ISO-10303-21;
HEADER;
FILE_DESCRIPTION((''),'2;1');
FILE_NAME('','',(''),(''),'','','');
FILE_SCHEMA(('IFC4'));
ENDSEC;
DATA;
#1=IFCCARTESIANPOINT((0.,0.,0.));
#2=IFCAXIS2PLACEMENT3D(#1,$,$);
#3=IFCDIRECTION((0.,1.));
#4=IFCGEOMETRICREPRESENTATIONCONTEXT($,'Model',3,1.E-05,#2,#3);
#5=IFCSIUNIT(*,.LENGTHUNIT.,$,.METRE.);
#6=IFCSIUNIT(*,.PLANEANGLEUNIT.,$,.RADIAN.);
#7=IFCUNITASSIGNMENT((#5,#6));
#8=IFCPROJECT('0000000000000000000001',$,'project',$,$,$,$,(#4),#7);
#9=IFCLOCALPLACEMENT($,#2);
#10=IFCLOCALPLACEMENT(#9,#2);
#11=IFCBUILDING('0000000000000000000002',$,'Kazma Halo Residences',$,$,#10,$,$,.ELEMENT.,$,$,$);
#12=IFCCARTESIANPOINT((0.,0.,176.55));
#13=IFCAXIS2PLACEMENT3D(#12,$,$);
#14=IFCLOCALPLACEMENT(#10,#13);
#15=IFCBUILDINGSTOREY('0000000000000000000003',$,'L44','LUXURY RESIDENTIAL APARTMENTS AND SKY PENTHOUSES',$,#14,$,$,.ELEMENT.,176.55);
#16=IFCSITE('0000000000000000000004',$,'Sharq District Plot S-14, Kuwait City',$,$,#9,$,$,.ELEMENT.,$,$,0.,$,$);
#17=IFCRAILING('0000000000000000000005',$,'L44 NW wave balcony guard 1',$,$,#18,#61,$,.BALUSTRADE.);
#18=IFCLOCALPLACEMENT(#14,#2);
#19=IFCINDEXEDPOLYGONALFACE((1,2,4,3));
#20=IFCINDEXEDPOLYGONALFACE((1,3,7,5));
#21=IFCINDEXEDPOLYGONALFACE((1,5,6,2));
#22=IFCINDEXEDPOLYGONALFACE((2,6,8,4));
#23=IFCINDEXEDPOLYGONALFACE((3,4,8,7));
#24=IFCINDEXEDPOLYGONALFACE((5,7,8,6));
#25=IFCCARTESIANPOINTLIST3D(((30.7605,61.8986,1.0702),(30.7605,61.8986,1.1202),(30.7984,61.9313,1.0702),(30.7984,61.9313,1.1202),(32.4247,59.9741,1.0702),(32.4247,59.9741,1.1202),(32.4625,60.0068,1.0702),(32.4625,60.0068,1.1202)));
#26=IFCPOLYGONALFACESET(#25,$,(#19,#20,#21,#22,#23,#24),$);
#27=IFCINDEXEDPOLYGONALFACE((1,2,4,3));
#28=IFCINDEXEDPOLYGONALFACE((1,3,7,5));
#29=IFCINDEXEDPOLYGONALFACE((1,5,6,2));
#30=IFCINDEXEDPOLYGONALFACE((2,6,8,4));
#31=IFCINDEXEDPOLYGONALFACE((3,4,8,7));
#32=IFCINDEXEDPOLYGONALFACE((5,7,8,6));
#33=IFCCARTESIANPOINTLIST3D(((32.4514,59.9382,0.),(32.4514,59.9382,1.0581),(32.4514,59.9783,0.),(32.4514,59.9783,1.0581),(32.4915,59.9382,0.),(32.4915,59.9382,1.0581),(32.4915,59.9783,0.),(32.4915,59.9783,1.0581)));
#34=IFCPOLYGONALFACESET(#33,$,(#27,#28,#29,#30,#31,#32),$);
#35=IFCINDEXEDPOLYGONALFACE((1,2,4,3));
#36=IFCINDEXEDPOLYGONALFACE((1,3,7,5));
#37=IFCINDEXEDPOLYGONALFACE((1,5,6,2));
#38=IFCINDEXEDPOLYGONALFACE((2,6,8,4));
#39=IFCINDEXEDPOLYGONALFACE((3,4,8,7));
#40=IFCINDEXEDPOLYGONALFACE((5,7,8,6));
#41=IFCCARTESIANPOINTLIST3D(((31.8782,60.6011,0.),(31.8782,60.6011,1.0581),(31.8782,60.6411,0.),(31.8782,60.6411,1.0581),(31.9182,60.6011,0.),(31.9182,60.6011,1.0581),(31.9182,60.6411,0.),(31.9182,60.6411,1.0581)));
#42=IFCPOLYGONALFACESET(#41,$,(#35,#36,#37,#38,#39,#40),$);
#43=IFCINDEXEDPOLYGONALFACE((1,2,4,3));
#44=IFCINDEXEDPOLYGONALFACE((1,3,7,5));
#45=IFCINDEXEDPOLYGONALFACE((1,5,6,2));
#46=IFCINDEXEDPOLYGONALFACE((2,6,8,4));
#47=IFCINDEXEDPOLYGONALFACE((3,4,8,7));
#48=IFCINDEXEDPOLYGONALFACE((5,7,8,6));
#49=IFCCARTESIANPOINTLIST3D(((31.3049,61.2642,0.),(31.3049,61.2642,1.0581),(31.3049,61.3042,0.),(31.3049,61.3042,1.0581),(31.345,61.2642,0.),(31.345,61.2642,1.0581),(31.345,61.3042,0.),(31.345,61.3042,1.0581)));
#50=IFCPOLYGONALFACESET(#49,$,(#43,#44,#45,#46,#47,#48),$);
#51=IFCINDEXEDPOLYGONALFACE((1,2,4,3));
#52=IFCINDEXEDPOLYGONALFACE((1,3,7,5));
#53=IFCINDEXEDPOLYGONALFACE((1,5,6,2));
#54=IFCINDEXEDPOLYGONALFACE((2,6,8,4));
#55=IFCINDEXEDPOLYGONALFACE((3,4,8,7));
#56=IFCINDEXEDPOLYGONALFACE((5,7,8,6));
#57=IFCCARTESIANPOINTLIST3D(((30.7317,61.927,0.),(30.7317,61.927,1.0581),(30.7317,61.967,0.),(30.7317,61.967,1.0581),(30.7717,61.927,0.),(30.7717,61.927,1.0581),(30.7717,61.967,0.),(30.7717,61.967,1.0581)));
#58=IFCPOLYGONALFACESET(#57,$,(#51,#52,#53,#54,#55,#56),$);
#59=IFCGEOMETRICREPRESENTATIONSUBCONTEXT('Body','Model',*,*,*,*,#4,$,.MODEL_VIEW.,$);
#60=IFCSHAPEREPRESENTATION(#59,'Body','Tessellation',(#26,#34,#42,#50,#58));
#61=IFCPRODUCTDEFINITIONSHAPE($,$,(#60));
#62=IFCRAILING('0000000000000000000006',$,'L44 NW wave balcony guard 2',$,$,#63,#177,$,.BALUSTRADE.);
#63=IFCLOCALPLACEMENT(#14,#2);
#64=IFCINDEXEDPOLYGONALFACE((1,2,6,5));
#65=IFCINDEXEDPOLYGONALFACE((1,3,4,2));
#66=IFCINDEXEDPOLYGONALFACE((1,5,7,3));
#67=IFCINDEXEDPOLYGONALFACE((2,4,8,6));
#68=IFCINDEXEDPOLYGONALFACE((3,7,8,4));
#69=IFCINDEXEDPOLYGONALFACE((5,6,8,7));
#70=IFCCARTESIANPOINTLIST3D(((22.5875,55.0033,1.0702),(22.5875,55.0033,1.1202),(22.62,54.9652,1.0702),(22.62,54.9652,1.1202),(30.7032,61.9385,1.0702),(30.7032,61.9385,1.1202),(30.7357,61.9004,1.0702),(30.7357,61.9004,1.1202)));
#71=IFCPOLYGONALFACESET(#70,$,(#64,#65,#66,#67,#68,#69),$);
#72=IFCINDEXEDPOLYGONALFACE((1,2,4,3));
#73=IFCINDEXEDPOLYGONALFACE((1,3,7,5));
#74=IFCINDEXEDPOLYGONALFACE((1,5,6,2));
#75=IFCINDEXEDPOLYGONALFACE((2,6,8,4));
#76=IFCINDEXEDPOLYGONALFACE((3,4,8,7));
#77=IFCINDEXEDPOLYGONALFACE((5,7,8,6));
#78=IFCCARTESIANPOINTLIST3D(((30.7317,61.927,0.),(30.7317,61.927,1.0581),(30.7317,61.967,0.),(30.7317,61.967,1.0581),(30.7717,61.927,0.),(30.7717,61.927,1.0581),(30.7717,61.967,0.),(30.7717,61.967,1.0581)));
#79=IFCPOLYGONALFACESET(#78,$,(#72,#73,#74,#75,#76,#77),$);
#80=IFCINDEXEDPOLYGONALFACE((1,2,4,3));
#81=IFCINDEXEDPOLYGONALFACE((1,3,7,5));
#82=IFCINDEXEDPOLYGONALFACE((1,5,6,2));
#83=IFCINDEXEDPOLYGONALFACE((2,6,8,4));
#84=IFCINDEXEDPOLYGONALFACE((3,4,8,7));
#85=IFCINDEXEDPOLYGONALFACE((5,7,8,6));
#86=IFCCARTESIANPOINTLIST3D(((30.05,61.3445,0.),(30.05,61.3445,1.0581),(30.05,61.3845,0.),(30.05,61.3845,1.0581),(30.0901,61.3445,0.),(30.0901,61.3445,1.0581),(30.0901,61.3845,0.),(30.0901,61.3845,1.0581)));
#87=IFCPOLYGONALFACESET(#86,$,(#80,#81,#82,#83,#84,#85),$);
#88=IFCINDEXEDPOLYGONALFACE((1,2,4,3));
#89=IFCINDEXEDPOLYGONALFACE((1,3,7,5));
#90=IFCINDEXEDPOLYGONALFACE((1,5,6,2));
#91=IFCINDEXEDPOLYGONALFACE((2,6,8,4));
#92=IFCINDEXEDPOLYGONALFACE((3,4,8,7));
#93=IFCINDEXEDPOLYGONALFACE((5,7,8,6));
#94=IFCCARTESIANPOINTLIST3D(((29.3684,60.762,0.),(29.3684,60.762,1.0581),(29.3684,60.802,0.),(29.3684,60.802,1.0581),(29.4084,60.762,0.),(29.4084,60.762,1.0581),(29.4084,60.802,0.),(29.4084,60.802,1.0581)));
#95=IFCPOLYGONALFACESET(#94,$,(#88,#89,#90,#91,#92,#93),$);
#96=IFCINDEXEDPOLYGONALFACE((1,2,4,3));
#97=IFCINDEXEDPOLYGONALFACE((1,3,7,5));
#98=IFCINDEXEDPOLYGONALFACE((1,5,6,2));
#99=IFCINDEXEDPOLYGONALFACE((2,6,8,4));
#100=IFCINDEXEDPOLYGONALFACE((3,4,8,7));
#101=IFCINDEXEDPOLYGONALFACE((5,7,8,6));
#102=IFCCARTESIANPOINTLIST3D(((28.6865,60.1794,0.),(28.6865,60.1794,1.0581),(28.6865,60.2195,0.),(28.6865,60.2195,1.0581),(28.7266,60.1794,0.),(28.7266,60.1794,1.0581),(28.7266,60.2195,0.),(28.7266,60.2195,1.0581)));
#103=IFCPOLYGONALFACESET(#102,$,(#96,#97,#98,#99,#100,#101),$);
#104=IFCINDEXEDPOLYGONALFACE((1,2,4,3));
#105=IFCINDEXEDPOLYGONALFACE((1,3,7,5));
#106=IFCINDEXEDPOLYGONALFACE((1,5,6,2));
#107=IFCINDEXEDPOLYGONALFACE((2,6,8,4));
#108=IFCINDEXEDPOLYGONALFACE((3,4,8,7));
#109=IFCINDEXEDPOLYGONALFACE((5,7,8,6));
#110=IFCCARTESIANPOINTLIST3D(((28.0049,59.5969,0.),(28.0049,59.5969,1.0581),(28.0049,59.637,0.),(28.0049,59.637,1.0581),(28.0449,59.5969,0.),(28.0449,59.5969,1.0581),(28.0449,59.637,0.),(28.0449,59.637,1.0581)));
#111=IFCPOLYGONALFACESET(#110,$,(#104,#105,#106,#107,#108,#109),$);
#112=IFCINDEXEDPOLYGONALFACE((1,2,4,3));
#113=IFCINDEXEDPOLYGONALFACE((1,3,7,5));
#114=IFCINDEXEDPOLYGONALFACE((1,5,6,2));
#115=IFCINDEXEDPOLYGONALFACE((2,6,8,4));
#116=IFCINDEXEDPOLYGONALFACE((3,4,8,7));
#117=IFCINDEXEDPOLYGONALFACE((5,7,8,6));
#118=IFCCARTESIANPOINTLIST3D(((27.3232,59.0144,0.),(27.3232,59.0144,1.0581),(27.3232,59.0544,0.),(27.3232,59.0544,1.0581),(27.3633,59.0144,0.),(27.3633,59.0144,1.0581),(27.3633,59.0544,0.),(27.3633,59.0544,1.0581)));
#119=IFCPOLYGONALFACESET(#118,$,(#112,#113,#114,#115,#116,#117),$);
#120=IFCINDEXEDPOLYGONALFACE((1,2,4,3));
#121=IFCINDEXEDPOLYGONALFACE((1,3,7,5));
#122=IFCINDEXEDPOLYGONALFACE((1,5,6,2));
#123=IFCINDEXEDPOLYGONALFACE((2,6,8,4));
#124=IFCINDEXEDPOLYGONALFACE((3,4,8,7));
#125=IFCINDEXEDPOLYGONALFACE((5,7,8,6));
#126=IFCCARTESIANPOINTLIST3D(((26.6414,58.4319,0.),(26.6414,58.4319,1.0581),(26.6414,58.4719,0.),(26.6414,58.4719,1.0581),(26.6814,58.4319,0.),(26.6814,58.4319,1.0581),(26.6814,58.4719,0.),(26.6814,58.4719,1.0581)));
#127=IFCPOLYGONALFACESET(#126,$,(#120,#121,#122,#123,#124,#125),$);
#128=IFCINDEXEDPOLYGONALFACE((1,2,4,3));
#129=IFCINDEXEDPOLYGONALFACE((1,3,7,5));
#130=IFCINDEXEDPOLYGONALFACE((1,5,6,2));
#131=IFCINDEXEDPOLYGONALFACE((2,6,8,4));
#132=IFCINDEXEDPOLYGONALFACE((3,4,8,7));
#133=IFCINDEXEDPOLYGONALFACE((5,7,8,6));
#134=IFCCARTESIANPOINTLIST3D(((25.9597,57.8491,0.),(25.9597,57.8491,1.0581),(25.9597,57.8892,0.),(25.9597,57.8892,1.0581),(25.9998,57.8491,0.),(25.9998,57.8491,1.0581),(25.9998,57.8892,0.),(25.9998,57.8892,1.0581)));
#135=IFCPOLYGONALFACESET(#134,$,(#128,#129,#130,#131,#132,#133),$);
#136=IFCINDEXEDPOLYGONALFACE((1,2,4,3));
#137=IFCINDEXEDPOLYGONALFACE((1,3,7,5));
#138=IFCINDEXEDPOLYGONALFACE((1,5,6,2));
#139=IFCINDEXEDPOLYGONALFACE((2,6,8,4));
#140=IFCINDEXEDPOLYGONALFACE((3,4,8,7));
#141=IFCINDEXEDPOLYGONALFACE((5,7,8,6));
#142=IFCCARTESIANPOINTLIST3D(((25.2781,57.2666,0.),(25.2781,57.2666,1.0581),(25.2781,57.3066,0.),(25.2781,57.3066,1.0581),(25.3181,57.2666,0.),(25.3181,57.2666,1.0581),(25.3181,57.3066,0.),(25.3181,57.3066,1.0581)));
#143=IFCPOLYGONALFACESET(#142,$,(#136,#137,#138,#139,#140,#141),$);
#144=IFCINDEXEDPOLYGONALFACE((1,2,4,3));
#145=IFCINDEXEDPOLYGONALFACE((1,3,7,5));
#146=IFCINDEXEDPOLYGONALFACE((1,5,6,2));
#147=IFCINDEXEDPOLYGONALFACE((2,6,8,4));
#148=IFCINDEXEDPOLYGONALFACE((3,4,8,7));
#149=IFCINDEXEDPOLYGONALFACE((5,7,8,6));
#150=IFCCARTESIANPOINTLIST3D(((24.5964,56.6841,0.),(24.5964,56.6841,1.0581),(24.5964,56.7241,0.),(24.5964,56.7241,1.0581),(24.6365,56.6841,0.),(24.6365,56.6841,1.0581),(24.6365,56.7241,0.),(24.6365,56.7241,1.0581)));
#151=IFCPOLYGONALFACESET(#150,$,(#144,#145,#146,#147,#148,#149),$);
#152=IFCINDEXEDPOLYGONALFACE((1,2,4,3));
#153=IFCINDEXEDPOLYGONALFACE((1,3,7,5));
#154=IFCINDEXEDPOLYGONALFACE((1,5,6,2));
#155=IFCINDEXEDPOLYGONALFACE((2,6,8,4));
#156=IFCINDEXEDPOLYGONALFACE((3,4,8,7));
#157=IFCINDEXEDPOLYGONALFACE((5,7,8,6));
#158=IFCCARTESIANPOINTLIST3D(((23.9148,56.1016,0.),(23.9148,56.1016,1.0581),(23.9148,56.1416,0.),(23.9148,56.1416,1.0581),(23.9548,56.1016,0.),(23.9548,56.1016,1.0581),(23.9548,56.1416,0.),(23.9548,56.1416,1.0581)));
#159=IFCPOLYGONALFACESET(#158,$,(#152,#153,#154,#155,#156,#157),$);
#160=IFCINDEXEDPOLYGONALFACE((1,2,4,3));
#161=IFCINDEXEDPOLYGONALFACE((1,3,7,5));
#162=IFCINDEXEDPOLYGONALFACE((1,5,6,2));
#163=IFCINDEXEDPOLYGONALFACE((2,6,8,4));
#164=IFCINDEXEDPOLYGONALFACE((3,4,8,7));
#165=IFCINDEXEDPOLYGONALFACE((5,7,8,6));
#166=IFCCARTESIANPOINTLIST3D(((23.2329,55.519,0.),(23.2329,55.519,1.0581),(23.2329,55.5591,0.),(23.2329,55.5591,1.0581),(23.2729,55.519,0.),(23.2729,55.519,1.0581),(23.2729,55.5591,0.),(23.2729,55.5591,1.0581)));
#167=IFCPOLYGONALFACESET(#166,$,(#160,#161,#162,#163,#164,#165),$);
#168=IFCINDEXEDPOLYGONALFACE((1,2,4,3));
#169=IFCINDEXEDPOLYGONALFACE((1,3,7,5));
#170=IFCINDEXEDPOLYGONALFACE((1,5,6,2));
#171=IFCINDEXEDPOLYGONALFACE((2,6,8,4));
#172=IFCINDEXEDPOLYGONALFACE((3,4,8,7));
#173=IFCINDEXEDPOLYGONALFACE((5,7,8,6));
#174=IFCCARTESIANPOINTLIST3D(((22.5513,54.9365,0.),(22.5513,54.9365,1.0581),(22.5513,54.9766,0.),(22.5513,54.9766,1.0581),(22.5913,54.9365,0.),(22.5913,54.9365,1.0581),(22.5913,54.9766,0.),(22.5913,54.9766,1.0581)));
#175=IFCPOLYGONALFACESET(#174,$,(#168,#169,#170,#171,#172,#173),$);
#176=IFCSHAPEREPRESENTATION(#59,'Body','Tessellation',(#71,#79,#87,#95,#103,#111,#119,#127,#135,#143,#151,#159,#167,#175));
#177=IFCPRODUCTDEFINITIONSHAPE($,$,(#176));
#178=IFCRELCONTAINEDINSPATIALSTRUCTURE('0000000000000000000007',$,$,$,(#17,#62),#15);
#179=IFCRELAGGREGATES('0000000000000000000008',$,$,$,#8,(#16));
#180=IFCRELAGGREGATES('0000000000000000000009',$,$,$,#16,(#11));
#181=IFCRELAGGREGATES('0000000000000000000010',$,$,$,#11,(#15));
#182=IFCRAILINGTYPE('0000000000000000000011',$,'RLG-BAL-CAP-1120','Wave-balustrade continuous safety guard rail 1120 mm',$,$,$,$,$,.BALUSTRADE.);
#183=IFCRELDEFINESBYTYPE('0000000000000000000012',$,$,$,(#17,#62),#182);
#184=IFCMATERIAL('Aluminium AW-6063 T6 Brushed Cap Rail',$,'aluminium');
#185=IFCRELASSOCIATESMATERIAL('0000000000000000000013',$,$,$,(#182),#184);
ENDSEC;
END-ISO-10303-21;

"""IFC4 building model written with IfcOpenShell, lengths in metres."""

from ifc_helpers import new_model, si_unit, direction, frame, origin, origin_2d, place, context, subcontext, project, spatial, rectangle, extrude, material, type_object, element, save


model = new_model("IFC4")

# Units and contexts
model_context = context("Model", 3, precision=1e-05, world=origin(), true_north=direction((0.0, 1.0)))
body_context = subcontext(model_context, "Body", "Model", "MODEL_VIEW")
ifc_project = project(units=[si_unit("LENGTHUNIT", "METRE"), si_unit("PLANEANGLEUNIT", "RADIAN")], contexts=[model_context])

# Site, building, storey
site_placement = place(None, origin())
site = spatial("IfcSite", under=ifc_project, at=site_placement, Name="Sharq District Plot S-14, Kuwait City", CompositionType="ELEMENT", RefElevation=0.0)
building_placement = place(site_placement, origin())
building = spatial("IfcBuilding", under=site, at=building_placement, Name="Kazma Halo Residences", CompositionType="ELEMENT")
storey_placement = place(building_placement, frame((0.0, 0.0, 176.55)))
storey = spatial("IfcBuildingStorey", under=building, at=storey_placement, Name="L44", Description="LUXURY RESIDENTIAL APARTMENTS AND SKY PENTHOUSES", CompositionType="ELEMENT", Elevation=176.55)

# Railings
ifc_material_1 = material(Name="Aluminium AW-6063 T6 Brushed Cap Rail", Category="aluminium")
railing_type = type_object("IfcRailingType", Name="RLG-BAL-CAP-1120", Description="Wave-balustrade continuous safety guard rail 1120 mm", PredefinedType="BALUSTRADE", material=ifc_material_1)
railing_1_placement = place(storey_placement, frame((32.4714, 59.9583, 0.0)))
element("IfcRailing", 1, at=railing_1_placement, inside=storey, type_object=railing_type, Name="L44 NW wave balcony guard 1", PredefinedType="BALUSTRADE", context=body_context, shape_type="SweptSolid", body=[
    extrude(rectangle(XDim=0.05, YDim=0.05, at=origin_2d()), frame((-0.0278, 0.0322, 1.0952), z_axis=(-0.654089, 0.756418, 0.0), x_axis=(-0.756418, -0.654089, 0.0)), (0.0, 0.0, 1.0), 2.5442),
    extrude(rectangle(XDim=0.04, YDim=0.04, at=origin_2d()), origin(), (0.0, 0.0, 1.0), 1.0581),
    extrude(rectangle(XDim=0.04, YDim=0.04, at=origin_2d()), frame((-0.5732, 0.6628, 0.0)), (0.0, 0.0, 1.0), 1.0581),
    extrude(rectangle(XDim=0.04, YDim=0.04, at=origin_2d()), frame((-1.1465, 1.3259, 0.0)), (0.0, 0.0, 1.0), 1.0581),
    extrude(rectangle(XDim=0.04, YDim=0.04, at=origin_2d()), frame((-1.7197, 1.9888, 0.0)), (0.0, 0.0, 1.0), 1.0581),
])
railing_2_placement = place(storey_placement, frame((30.7517, 61.947, 0.0)))
element("IfcRailing", 2, at=railing_2_placement, inside=storey, type_object=railing_type, Name="L44 NW wave balcony guard 2", PredefinedType="BALUSTRADE", context=body_context, shape_type="SweptSolid", body=[
    extrude(rectangle(XDim=0.05, YDim=0.05, at=origin_2d()), frame((-0.0322, -0.0276, 1.0952), z_axis=(-0.760234, -0.649649, 0.0), x_axis=(0.649649, -0.760234, 0.0)), (0.0, 0.0, 1.0), 10.6753),
    extrude(rectangle(XDim=0.04, YDim=0.04, at=origin_2d()), origin(), (0.0, 0.0, 1.0), 1.0581),
    extrude(rectangle(XDim=0.04, YDim=0.04, at=origin_2d()), frame((-0.6816, -0.5825, 0.0)), (0.0, 0.0, 1.0), 1.0581),
    extrude(rectangle(XDim=0.04, YDim=0.04, at=origin_2d()), frame((-1.3633, -1.165, 0.0)), (0.0, 0.0, 1.0), 1.0581),
    extrude(rectangle(XDim=0.04, YDim=0.04, at=origin_2d()), frame((-2.0452, -1.7476, 0.0)), (0.0, 0.0, 1.0), 1.0581),
    extrude(rectangle(XDim=0.04, YDim=0.04, at=origin_2d()), frame((-2.7268, -2.3301, 0.0)), (0.0, 0.0, 1.0), 1.0581),
    extrude(rectangle(XDim=0.04, YDim=0.04, at=origin_2d()), frame((-3.4084, -2.9126, 0.0)), (0.0, 0.0, 1.0), 1.0581),
    extrude(rectangle(XDim=0.04, YDim=0.04, at=origin_2d()), frame((-4.0903, -3.4951, 0.0)), (0.0, 0.0, 1.0), 1.0581),
    extrude(rectangle(XDim=0.04, YDim=0.04, at=origin_2d()), frame((-4.772, -4.0779, 0.0)), (0.0, 0.0, 1.0), 1.0581),
    extrude(rectangle(XDim=0.04, YDim=0.04, at=origin_2d()), frame((-5.4536, -4.6604, 0.0)), (0.0, 0.0, 1.0), 1.0581),
    extrude(rectangle(XDim=0.04, YDim=0.04, at=origin_2d()), frame((-6.1353, -5.2429, 0.0)), (0.0, 0.0, 1.0), 1.0581),
    extrude(rectangle(XDim=0.04, YDim=0.04, at=origin_2d()), frame((-6.8169, -5.8254, 0.0)), (0.0, 0.0, 1.0), 1.0581),
    extrude(rectangle(XDim=0.04, YDim=0.04, at=origin_2d()), frame((-7.4988, -6.408, 0.0)), (0.0, 0.0, 1.0), 1.0581),
    extrude(rectangle(XDim=0.04, YDim=0.04, at=origin_2d()), frame((-8.1804, -6.9905, 0.0)), (0.0, 0.0, 1.0), 1.0581),
])

save(model, "model.ifc")
